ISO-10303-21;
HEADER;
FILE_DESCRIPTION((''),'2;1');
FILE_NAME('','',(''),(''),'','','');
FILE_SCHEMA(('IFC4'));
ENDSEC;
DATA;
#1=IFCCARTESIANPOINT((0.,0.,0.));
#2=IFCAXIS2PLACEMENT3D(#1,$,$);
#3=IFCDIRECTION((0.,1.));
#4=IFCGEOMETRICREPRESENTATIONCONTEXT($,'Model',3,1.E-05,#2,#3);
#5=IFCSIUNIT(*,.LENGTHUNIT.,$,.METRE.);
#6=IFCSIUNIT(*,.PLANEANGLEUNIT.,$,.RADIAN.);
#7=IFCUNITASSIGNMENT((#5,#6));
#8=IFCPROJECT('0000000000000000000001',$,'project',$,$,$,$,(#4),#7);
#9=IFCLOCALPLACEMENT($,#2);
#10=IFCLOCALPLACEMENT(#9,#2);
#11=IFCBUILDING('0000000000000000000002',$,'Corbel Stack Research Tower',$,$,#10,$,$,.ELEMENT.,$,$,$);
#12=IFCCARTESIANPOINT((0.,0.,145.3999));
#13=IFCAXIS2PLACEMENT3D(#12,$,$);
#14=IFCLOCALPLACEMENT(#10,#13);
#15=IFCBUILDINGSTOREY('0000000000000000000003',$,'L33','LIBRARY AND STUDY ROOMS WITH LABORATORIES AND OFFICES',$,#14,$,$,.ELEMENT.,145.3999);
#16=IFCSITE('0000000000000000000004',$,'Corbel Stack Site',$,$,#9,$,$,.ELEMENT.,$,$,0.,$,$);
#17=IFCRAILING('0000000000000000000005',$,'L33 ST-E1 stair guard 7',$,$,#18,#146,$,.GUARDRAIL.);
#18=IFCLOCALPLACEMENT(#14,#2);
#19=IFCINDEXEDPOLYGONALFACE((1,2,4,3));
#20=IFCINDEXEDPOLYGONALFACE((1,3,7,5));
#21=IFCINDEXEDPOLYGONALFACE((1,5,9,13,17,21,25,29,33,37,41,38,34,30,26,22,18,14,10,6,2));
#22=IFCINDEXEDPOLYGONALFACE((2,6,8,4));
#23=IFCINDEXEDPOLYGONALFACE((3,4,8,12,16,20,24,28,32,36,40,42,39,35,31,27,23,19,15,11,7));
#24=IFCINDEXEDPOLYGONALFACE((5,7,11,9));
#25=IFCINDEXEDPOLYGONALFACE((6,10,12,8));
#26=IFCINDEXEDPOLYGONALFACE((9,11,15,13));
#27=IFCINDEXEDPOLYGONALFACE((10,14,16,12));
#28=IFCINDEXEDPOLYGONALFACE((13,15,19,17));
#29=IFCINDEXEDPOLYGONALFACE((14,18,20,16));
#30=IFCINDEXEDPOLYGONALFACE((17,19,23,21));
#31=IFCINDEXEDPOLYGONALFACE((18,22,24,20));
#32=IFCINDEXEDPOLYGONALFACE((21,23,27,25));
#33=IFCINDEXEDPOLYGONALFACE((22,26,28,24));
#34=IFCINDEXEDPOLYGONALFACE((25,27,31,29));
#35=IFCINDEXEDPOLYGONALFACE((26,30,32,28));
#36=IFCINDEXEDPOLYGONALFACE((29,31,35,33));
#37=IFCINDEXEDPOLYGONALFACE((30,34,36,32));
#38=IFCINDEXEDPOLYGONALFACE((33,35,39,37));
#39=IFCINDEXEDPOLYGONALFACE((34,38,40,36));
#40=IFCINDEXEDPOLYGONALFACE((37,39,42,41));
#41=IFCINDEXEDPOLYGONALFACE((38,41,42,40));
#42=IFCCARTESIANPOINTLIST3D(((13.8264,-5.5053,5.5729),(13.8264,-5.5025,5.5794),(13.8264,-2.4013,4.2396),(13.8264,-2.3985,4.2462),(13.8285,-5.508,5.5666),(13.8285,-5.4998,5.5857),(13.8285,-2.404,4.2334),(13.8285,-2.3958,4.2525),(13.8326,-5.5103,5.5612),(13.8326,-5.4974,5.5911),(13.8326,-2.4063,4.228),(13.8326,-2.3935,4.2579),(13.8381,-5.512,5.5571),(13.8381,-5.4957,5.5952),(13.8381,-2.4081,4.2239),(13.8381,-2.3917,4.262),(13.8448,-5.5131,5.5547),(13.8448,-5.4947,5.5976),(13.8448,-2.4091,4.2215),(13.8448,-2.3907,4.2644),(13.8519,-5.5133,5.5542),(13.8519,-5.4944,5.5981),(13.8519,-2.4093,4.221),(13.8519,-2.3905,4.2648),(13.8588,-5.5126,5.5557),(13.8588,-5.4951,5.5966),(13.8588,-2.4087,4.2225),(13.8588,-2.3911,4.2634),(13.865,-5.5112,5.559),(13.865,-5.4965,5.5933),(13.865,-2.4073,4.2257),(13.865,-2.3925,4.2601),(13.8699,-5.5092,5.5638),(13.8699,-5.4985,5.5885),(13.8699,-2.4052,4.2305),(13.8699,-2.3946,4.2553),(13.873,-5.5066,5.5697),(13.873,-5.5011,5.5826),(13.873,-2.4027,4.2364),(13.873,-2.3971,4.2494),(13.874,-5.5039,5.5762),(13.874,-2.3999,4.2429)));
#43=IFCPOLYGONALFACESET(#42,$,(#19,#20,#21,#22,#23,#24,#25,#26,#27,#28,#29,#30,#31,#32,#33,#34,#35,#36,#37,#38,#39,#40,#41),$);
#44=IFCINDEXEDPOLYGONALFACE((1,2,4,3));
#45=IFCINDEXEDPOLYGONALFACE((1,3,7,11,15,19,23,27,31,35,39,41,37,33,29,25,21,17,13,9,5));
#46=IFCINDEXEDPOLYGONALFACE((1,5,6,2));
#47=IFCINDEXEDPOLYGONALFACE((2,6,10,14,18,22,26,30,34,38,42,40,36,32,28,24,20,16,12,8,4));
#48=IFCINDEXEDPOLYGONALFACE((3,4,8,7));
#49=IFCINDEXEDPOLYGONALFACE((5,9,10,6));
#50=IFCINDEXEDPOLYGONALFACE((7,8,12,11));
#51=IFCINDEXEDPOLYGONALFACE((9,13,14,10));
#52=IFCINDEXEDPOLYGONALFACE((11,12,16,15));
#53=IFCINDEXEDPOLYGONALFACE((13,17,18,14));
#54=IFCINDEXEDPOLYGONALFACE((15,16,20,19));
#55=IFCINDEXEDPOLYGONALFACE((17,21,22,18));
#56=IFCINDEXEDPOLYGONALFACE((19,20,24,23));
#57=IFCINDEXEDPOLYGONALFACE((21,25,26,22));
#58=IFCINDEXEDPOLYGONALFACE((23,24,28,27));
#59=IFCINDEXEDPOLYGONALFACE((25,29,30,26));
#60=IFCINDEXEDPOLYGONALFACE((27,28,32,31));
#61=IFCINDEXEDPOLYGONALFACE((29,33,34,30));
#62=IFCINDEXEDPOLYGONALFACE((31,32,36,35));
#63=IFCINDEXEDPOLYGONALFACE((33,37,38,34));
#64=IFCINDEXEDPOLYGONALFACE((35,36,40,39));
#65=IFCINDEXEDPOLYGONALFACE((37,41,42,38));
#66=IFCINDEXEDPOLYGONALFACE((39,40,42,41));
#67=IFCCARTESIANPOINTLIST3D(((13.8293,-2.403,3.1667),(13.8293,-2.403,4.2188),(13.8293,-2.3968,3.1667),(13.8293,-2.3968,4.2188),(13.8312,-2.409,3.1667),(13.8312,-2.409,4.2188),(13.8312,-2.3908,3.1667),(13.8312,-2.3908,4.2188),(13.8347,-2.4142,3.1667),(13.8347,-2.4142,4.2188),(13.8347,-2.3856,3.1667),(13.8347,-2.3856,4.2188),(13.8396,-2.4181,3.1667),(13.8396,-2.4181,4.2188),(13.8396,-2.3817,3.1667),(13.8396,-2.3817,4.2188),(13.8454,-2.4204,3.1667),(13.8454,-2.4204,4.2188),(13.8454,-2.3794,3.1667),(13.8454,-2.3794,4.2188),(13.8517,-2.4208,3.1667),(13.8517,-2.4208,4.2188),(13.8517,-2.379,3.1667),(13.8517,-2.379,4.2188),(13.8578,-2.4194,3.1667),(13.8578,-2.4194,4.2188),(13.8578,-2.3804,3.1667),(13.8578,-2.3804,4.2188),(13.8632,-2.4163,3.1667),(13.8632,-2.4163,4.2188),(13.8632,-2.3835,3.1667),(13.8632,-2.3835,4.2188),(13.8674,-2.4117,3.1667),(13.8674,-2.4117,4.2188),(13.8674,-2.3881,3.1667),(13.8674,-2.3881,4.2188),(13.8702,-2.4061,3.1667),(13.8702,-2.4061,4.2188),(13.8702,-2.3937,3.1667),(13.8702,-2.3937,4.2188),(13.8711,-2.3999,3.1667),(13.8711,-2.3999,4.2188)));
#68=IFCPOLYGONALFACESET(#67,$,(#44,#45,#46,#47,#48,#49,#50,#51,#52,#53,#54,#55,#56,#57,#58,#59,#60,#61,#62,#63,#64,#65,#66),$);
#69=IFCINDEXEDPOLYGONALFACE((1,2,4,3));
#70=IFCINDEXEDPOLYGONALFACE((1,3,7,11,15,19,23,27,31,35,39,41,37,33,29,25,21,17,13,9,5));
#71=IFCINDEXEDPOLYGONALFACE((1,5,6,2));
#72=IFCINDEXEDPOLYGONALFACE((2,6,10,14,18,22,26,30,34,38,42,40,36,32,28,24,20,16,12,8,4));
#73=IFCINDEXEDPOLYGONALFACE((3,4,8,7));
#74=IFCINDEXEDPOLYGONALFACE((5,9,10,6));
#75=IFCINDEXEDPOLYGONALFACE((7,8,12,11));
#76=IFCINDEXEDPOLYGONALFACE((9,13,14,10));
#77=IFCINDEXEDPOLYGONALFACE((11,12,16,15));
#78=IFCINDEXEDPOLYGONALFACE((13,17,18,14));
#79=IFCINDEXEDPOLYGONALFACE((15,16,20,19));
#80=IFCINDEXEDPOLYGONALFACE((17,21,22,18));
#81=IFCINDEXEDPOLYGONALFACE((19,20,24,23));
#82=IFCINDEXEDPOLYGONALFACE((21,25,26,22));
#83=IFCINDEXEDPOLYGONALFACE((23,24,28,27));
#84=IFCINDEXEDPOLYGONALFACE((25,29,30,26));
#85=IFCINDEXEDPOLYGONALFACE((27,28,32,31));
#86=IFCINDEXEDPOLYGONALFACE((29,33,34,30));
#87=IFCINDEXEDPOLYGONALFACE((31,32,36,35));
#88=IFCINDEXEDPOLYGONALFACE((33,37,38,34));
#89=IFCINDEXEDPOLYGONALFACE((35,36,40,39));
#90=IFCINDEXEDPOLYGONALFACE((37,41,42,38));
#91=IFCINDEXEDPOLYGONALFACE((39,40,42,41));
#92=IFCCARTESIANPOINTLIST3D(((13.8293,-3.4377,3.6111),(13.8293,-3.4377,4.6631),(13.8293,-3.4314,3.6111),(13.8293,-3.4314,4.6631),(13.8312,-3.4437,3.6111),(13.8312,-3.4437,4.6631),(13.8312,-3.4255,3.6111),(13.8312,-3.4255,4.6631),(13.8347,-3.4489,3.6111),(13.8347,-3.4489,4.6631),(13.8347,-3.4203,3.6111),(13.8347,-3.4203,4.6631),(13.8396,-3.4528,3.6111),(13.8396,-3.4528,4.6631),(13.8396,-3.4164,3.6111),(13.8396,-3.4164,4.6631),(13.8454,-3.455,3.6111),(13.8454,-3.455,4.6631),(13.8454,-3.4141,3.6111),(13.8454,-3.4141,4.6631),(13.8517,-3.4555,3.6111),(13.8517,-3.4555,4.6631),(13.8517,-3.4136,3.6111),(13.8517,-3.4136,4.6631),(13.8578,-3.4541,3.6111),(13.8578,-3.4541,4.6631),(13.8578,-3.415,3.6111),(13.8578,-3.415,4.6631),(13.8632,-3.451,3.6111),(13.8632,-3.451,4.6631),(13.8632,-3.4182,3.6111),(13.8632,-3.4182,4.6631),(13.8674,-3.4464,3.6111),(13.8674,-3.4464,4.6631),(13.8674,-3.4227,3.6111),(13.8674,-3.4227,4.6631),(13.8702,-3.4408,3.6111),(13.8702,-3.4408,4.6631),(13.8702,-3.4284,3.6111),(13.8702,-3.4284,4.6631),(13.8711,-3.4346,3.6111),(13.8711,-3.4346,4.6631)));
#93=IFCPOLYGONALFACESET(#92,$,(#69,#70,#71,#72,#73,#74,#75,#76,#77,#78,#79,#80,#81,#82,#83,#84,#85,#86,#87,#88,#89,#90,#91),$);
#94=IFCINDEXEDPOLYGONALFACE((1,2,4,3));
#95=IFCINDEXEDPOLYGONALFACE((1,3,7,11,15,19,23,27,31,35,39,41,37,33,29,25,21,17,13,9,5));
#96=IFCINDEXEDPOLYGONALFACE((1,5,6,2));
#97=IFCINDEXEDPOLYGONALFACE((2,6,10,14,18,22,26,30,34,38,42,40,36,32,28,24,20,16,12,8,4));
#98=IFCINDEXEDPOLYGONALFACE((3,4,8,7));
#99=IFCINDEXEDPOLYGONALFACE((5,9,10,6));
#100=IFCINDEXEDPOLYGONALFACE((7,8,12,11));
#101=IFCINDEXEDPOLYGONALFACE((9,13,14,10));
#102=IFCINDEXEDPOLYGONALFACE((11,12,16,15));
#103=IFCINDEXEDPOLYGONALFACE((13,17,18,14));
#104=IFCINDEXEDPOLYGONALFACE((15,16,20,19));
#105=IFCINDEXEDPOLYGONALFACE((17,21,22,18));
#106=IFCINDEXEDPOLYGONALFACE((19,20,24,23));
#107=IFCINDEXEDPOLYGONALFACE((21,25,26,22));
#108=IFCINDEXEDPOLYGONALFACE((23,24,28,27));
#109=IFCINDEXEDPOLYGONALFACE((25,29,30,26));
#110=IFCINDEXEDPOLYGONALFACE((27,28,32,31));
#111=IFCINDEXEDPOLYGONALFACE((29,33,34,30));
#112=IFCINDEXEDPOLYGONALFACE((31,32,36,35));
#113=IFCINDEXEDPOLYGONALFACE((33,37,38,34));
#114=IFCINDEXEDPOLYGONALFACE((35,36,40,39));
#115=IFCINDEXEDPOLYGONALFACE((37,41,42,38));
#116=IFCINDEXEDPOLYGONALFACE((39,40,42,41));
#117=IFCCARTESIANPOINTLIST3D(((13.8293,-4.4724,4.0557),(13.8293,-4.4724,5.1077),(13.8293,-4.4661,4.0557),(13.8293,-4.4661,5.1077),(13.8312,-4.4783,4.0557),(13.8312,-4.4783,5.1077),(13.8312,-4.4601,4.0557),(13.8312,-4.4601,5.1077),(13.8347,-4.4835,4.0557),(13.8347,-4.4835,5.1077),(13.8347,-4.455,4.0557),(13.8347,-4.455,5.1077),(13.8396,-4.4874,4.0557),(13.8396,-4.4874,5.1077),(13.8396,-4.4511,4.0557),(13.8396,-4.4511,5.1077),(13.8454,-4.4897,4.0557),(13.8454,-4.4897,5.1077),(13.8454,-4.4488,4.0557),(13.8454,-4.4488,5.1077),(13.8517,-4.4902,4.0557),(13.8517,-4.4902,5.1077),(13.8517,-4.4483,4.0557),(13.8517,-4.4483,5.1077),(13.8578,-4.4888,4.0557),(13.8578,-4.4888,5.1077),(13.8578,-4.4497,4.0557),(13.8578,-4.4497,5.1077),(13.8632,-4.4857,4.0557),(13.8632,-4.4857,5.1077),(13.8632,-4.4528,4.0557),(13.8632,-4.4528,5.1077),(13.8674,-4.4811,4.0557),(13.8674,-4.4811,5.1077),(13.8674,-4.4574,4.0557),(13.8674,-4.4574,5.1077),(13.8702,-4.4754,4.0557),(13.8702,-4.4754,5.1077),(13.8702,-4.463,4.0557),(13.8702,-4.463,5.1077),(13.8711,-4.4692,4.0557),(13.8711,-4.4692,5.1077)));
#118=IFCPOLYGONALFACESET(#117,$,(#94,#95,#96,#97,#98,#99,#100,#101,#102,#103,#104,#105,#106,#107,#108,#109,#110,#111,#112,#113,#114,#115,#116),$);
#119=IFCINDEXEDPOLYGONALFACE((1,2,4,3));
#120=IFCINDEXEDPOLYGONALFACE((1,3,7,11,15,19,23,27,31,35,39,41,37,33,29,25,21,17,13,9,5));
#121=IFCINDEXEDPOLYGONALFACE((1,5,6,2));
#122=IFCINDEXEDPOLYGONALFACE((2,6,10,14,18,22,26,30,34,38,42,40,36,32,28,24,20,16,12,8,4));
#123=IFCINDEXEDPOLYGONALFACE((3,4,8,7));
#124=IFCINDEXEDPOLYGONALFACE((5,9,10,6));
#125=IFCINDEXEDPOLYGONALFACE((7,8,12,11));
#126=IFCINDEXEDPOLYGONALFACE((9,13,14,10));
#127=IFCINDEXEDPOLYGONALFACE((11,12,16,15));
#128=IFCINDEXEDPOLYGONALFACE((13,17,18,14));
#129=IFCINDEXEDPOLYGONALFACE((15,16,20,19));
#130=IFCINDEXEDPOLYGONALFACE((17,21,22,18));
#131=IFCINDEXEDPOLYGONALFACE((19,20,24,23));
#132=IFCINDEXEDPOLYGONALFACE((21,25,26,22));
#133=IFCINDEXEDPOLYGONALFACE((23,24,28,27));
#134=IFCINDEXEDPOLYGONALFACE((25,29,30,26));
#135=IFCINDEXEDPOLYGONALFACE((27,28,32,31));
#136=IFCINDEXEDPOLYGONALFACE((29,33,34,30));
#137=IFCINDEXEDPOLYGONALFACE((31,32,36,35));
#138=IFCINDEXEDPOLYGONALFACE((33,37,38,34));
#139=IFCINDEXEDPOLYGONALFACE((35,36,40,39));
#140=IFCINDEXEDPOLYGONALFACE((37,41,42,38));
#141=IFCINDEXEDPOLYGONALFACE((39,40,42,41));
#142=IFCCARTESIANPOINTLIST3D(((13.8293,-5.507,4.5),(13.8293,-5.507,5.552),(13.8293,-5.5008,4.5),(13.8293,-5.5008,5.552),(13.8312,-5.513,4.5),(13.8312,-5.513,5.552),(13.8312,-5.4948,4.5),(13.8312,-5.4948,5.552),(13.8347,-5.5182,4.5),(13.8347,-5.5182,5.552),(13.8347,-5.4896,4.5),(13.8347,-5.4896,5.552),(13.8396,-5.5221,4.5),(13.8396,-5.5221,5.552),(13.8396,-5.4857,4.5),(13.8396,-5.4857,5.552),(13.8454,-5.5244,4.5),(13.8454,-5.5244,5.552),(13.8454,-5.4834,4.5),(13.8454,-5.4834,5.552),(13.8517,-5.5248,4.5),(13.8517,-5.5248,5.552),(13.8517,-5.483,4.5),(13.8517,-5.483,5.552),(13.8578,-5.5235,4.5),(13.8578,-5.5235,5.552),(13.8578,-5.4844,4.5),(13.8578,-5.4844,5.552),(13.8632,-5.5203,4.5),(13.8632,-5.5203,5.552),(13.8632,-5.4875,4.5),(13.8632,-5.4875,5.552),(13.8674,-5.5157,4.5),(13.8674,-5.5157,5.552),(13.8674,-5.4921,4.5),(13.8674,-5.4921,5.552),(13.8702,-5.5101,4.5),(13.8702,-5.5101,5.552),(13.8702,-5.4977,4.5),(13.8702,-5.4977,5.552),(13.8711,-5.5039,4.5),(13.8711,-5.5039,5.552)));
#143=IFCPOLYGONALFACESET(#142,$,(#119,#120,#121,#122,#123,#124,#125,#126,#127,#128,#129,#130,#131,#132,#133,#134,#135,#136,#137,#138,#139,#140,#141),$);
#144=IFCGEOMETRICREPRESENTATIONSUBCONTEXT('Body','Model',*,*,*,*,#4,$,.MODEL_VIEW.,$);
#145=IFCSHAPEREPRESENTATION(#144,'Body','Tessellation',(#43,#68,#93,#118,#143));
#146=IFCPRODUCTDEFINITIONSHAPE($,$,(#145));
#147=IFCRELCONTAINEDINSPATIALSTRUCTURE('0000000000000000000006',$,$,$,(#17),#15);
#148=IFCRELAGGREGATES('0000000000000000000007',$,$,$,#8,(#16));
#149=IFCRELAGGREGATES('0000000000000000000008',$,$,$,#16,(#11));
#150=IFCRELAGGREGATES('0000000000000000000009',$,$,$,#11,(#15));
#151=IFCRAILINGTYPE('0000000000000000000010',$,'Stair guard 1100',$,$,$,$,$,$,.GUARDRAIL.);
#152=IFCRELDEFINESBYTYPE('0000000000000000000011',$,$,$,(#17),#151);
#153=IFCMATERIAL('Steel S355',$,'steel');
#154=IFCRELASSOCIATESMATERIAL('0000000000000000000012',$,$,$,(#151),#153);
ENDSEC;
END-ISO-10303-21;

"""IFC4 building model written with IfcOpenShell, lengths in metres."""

from ifc_helpers import new_model, si_unit, direction, frame, origin, origin_2d, place, context, subcontext, project, spatial, circle, extrude, material, type_object, element, save


model = new_model("IFC4")

# Units and contexts
model_context = context("Model", 3, precision=1e-05, world=origin(), true_north=direction((0.0, 1.0)))
body_context = subcontext(model_context, "Body", "Model", "MODEL_VIEW")
ifc_project = project(units=[si_unit("LENGTHUNIT", "METRE"), si_unit("PLANEANGLEUNIT", "RADIAN")], contexts=[model_context])

# Site, building, storey
site_placement = place(None, origin())
site = spatial("IfcSite", under=ifc_project, at=site_placement, Name="Corbel Stack Site", CompositionType="ELEMENT", RefElevation=0.0)
building_placement = place(site_placement, origin())
building = spatial("IfcBuilding", under=site, at=building_placement, Name="Corbel Stack Research Tower", CompositionType="ELEMENT")
storey_placement = place(building_placement, frame((0.0, 0.0, 145.3999)))
storey = spatial("IfcBuildingStorey", under=building, at=storey_placement, Name="L33", Description="LIBRARY AND STUDY ROOMS WITH LABORATORIES AND OFFICES", CompositionType="ELEMENT", Elevation=145.3999)

# Railing
ifc_material_1 = material(Name="Steel S355", Category="steel")
railing_type_1 = type_object("IfcRailingType", Name="Stair guard 1100", PredefinedType="GUARDRAIL", material=ifc_material_1)
railing_1_placement = place(storey_placement, frame((13.8501, -2.3999, 3.1667)))
element("IfcRailing", 1, at=railing_1_placement, inside=storey, type_object=railing_type_1, Name="L33 ST-E1 stair guard 7", PredefinedType="GUARDRAIL", context=body_context, shape_type="SweptSolid", body=[
    extrude(circle(Radius=0.0239, at=origin_2d()), frame((0.0, 0.0, 1.0762), z_axis=(0.0, -0.918827, 0.394661), x_axis=(1.0, 0.0, 0.0)), (0.0, 0.0, 1.0), 3.3782),
    extrude(circle(Radius=0.021, at=origin_2d()), origin(), (0.0, 0.0, 1.0), 1.052),
    extrude(circle(Radius=0.021, at=origin_2d()), frame((0.0, -1.0347, 0.4443)), (0.0, 0.0, 1.0), 1.052),
    extrude(circle(Radius=0.021, at=origin_2d()), frame((0.0, -2.0693, 0.8889)), (0.0, 0.0, 1.0), 1.052),
    extrude(circle(Radius=0.021, at=origin_2d()), frame((0.0, -3.104, 1.3333)), (0.0, 0.0, 1.0), 1.052),
])

save(model, "model.ifc")
